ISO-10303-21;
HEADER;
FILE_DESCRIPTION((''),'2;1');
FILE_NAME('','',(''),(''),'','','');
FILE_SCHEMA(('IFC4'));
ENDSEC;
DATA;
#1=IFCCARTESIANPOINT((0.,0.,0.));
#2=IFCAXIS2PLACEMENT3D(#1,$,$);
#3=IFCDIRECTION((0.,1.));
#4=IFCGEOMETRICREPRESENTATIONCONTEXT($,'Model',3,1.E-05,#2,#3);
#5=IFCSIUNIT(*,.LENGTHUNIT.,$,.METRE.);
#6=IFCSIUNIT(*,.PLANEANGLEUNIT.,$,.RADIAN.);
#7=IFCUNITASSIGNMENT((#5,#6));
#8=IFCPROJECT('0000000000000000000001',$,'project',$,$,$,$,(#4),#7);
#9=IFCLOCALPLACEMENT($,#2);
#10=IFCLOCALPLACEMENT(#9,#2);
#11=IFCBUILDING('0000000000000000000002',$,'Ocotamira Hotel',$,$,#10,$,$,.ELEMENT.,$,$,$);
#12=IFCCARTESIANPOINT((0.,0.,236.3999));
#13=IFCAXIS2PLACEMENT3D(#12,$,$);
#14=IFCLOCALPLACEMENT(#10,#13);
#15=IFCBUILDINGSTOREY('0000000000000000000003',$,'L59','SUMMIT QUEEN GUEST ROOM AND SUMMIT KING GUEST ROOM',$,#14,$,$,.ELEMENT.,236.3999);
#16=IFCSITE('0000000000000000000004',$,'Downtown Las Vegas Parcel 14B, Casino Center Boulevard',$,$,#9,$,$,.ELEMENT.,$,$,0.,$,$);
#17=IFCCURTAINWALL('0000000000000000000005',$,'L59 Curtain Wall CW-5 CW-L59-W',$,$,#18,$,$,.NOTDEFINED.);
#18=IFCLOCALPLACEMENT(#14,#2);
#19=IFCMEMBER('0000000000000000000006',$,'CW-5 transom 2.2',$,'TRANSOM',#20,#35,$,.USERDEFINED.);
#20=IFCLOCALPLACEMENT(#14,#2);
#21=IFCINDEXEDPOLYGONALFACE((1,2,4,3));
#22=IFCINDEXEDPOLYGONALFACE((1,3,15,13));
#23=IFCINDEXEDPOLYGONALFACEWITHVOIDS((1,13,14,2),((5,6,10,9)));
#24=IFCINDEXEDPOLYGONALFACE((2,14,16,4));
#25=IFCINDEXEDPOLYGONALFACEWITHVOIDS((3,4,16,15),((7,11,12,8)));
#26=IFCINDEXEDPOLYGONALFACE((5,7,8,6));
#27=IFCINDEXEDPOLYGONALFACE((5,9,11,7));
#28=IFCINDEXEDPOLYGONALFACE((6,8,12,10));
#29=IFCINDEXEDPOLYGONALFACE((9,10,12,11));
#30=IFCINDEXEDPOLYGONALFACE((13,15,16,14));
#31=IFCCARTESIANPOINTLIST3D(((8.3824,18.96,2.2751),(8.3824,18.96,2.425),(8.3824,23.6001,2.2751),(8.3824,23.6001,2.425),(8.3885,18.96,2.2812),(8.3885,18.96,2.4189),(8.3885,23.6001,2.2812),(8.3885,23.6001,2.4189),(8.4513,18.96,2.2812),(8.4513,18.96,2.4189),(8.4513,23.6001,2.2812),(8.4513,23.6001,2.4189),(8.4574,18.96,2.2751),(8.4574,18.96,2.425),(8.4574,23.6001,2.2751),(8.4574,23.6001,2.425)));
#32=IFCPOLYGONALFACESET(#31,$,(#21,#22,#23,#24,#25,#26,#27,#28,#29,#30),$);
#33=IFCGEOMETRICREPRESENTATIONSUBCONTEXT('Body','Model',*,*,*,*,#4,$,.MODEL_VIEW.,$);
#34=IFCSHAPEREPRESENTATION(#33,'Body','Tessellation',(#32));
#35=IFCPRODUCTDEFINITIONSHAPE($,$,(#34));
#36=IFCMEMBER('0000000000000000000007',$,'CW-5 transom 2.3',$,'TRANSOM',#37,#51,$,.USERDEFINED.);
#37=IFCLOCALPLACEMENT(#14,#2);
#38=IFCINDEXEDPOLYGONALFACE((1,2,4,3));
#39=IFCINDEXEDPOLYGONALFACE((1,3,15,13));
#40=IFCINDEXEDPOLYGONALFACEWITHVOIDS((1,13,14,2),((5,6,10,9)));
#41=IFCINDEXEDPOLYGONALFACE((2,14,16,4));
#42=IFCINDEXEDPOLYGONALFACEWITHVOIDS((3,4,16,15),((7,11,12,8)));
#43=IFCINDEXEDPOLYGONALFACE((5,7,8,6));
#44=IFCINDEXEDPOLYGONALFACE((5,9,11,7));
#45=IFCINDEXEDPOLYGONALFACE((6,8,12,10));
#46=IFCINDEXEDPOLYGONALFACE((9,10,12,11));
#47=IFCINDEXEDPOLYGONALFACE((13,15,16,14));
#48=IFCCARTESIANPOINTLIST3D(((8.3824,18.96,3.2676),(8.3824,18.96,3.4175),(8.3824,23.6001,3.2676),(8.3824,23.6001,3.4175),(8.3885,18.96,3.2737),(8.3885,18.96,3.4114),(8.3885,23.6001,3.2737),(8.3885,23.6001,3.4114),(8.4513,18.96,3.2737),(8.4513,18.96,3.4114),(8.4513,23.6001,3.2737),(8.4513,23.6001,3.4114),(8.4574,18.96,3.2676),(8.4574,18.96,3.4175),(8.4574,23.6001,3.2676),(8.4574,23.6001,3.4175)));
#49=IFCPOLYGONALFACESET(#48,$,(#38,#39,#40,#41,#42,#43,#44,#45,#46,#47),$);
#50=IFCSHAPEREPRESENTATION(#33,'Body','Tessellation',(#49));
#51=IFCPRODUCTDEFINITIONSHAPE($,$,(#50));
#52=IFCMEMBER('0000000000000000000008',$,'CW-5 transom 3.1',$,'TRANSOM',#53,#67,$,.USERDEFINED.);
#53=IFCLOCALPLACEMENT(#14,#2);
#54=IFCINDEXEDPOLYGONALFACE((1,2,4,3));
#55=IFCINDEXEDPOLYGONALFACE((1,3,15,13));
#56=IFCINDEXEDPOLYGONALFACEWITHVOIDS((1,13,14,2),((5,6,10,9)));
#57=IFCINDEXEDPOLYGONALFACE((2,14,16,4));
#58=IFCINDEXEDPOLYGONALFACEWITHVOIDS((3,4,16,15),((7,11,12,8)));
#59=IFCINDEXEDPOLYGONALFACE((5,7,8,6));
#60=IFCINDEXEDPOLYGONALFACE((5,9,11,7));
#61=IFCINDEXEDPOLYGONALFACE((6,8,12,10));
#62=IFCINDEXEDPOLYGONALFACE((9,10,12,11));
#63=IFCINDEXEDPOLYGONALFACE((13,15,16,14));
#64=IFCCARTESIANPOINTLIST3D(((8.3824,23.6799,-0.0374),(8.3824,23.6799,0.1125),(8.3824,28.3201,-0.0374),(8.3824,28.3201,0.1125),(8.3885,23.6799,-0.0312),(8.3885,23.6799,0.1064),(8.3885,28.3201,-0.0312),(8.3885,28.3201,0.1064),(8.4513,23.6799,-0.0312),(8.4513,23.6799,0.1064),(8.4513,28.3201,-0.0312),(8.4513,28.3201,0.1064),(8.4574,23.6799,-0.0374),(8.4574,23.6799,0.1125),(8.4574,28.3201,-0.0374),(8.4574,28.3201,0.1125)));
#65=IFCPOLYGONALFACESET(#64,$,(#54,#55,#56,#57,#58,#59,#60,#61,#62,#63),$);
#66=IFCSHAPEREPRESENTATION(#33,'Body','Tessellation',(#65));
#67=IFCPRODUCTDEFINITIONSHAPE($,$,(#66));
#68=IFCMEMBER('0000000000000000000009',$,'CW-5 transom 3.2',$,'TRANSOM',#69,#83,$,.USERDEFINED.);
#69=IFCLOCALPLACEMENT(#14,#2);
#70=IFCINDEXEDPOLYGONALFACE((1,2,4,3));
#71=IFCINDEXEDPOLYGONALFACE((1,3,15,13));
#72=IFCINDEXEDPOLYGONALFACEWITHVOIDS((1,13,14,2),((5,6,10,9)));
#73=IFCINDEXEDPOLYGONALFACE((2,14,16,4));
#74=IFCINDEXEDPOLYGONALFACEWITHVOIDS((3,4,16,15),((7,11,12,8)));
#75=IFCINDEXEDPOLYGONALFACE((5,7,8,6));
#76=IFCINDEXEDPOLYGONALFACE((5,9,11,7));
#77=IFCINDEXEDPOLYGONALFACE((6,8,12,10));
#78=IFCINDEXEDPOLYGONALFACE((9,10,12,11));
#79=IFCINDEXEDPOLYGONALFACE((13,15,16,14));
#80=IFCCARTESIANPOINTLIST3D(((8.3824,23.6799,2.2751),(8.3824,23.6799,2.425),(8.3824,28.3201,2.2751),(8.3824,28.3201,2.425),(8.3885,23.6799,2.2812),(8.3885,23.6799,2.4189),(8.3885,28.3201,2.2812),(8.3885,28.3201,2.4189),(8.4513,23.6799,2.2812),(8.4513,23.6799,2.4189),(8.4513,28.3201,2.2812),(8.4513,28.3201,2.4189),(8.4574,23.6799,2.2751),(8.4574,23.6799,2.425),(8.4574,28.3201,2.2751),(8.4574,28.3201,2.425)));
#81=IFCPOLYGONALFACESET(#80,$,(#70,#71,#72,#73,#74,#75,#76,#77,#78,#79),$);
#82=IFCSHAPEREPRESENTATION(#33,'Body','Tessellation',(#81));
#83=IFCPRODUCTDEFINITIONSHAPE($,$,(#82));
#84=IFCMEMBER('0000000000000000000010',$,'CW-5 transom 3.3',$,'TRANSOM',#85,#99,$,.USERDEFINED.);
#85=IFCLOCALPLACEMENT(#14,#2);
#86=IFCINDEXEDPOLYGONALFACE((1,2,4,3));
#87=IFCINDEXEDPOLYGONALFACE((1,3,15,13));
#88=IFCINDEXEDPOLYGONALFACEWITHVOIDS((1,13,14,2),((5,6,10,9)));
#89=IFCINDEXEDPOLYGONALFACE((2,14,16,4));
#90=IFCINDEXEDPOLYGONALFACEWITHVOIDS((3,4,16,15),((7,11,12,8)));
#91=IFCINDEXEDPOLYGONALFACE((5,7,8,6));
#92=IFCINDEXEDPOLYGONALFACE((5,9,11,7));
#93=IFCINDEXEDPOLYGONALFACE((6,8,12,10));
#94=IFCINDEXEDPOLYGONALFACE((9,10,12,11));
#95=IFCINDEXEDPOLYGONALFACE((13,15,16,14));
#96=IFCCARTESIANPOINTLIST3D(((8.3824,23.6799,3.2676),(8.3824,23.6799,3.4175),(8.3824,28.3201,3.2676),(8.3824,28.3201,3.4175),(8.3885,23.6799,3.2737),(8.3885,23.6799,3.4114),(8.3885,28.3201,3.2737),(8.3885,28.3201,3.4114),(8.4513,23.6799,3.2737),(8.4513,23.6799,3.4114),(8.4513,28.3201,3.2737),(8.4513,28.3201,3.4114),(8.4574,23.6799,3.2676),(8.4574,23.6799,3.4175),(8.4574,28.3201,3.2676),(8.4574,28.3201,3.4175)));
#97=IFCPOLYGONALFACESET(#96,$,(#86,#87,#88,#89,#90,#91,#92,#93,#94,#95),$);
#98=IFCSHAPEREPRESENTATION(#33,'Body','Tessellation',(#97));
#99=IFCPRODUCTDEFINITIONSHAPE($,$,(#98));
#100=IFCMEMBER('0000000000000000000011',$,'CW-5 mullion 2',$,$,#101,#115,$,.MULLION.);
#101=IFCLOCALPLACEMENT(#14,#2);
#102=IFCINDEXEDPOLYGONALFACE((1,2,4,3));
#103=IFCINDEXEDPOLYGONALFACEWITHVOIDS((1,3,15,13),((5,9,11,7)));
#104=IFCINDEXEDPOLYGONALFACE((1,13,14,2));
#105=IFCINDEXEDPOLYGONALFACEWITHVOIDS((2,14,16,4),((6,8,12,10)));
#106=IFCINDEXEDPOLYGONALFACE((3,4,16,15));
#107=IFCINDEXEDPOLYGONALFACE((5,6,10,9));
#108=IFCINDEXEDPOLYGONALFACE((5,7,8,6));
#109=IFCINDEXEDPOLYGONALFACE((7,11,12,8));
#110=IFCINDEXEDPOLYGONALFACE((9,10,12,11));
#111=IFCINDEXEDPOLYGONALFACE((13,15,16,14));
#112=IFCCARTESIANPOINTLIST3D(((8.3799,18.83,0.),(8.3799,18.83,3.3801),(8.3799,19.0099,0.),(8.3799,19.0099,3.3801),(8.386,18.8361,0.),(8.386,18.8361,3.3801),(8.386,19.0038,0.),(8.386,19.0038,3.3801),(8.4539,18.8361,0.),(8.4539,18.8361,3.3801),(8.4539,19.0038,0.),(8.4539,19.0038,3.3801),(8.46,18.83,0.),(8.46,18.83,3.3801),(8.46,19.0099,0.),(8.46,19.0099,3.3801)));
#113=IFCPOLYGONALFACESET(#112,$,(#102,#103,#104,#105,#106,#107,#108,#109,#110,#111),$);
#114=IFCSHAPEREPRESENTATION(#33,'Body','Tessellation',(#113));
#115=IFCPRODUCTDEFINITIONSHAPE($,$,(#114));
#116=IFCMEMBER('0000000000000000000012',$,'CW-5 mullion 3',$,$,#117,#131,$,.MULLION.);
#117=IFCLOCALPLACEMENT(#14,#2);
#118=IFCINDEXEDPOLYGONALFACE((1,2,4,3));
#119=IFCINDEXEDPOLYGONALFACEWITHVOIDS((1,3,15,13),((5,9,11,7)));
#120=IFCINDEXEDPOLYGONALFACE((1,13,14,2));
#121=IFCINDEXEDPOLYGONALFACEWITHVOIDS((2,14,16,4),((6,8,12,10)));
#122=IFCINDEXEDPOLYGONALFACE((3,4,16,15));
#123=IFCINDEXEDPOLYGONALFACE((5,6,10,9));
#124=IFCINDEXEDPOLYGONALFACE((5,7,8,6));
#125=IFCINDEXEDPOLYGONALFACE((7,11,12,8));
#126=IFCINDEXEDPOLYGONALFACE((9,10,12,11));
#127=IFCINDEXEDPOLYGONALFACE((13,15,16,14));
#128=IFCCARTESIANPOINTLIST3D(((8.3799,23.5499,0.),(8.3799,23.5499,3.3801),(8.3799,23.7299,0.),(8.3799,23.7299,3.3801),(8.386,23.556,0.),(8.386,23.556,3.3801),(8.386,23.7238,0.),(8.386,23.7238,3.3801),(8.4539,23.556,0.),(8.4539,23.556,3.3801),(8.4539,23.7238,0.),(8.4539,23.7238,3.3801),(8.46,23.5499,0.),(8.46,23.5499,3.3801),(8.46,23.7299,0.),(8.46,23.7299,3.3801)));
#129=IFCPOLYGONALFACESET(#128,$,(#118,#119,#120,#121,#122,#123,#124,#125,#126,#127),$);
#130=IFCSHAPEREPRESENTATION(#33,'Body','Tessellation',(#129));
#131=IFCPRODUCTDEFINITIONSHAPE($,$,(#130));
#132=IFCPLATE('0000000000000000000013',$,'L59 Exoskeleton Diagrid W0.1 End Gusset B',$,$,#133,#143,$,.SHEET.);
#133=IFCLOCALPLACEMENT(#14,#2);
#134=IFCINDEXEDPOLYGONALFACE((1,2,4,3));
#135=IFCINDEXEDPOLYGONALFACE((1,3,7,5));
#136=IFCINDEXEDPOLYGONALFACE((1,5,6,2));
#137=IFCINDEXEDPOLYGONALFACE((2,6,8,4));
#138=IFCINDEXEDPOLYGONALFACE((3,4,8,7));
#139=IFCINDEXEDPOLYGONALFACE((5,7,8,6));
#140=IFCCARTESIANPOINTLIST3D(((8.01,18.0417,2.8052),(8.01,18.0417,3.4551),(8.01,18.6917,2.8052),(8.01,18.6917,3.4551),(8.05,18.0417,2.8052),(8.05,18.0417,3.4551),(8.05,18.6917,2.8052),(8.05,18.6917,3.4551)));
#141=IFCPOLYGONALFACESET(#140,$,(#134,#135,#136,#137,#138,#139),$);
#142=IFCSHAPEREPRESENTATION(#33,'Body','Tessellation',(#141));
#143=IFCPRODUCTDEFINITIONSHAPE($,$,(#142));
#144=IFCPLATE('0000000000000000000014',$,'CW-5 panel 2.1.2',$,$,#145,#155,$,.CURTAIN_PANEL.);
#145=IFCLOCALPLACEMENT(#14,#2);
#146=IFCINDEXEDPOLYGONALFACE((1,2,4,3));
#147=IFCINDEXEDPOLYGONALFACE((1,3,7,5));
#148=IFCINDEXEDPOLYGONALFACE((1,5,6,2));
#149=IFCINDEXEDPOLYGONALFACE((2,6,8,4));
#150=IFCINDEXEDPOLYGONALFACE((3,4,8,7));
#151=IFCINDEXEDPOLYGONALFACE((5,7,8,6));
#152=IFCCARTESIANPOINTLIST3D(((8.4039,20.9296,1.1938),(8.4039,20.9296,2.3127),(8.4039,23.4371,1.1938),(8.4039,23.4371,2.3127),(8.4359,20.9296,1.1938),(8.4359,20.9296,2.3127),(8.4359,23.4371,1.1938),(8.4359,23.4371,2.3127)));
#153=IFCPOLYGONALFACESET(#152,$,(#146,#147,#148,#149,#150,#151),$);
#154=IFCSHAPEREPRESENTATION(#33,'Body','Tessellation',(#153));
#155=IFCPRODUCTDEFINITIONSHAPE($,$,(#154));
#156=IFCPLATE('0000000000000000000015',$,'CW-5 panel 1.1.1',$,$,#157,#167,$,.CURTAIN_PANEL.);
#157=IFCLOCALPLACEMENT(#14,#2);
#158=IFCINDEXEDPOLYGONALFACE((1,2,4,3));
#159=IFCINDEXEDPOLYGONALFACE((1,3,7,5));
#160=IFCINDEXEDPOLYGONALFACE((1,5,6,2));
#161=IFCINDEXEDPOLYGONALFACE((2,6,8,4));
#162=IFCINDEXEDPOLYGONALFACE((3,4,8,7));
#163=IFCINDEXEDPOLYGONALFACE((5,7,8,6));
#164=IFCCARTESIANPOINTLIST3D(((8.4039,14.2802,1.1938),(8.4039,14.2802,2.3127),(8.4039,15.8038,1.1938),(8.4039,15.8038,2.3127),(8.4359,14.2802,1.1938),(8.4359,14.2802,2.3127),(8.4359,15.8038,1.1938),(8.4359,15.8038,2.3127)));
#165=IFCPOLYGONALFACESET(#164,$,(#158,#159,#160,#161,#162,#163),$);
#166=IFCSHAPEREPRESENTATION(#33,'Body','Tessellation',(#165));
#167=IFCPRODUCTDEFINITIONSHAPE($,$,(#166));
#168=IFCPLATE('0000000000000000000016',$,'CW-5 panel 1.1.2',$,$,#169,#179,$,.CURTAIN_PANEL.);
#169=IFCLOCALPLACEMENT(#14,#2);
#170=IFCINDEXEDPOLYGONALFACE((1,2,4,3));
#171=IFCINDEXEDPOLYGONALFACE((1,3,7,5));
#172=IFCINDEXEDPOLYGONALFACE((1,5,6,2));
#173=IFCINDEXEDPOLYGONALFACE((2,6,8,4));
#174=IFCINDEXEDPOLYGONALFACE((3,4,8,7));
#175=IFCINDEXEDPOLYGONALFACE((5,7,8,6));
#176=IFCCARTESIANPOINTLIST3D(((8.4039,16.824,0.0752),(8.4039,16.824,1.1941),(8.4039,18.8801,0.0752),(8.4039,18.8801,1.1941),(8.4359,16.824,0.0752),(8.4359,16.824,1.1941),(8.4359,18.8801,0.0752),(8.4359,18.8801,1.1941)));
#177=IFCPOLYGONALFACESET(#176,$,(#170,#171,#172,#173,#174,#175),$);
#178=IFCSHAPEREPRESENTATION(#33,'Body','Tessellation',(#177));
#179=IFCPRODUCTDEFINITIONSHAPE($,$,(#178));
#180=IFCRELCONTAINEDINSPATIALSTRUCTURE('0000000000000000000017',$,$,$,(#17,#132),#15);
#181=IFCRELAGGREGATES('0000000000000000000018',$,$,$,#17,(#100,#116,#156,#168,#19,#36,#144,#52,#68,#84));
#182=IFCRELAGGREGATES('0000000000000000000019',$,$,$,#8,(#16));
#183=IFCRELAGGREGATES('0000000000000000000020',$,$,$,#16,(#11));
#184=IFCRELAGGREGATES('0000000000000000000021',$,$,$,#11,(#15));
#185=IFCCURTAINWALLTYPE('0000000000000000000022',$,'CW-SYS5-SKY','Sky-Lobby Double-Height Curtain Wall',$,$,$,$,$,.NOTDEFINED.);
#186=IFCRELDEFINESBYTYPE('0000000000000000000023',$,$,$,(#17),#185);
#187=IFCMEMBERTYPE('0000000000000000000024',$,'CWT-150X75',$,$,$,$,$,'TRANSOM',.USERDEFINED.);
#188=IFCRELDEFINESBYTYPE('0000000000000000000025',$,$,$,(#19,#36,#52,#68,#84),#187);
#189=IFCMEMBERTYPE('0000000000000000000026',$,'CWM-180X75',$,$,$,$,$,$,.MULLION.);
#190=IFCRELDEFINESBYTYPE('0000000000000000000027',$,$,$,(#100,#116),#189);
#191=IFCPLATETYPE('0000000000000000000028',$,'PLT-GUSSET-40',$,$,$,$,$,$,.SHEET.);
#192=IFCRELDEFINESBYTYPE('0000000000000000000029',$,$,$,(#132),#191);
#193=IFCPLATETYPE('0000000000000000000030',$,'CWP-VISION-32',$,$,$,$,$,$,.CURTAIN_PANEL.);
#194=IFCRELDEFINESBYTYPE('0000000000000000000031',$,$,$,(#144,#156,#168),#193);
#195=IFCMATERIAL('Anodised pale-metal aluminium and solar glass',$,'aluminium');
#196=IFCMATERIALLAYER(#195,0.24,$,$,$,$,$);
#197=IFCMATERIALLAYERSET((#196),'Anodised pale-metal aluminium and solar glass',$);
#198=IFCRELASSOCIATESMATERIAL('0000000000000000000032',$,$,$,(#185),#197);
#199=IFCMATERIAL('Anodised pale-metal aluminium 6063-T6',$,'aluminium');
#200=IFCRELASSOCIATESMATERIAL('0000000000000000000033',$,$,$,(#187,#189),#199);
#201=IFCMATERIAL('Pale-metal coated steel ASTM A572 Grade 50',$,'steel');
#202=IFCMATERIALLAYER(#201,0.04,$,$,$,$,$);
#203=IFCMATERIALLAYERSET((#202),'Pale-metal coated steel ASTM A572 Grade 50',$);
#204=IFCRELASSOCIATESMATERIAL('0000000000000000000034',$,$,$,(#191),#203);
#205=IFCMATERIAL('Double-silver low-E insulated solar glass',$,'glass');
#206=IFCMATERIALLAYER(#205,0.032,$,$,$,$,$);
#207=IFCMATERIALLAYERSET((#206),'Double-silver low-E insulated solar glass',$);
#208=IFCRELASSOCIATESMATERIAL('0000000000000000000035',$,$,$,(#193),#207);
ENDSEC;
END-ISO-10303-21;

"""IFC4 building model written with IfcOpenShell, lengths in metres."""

from ifc_helpers import new_model, si_unit, direction, frame, origin, origin_2d, place, context, subcontext, project, spatial, rectangle, hollow_rectangle, extrude, source, transform, mapped, material, layer, layer_set, material_profile, profile_set, type_object, element, aggregate, save


model = new_model("IFC4")

# Units and contexts
model_context = context("Model", 3, precision=1e-05, world=origin(), true_north=direction((0.0, 1.0)))
body_context = subcontext(model_context, "Body", "Model", "MODEL_VIEW")
ifc_project = project(units=[si_unit("LENGTHUNIT", "METRE"), si_unit("PLANEANGLEUNIT", "RADIAN")], contexts=[model_context])

# Site, building, storey
site_placement = place(None, origin())
site = spatial("IfcSite", under=ifc_project, at=site_placement, Name="Downtown Las Vegas Parcel 14B, Casino Center Boulevard", CompositionType="ELEMENT", RefElevation=0.0)
building_placement = place(site_placement, origin())
building = spatial("IfcBuilding", under=site, at=building_placement, Name="Ocotamira Hotel", CompositionType="ELEMENT")
storey_placement = place(building_placement, frame((0.0, 0.0, 236.3999)))
storey = spatial("IfcBuildingStorey", under=building, at=storey_placement, Name="L59", Description="SUMMIT QUEEN GUEST ROOM AND SUMMIT KING GUEST ROOM", CompositionType="ELEMENT", Elevation=236.3999)

# Curtain wall, members
ifc_material_1 = material(Name="Anodised pale-metal aluminium and solar glass", Category="aluminium")
ifc_layer_1 = layer(ifc_material_1, 0.24)
ifc_layer_set_1 = layer_set([ifc_layer_1], Name="Anodised pale-metal aluminium and solar glass")
curtain_wall_type = type_object("IfcCurtainWallType", Name="CW-SYS5-SKY", Description="Sky-Lobby Double-Height Curtain Wall", PredefinedType="NOTDEFINED", material=ifc_layer_set_1)
curtain_wall_placement = place(storey_placement, origin())
curtain_wall = element("IfcCurtainWall", 1, at=curtain_wall_placement, inside=storey, type_object=curtain_wall_type, Name="L59 Curtain Wall CW-5 CW-L59-W", PredefinedType="NOTDEFINED")
ifc_material_2 = material(Name="Anodised pale-metal aluminium 6063-T6", Category="aluminium")
ifc_material_profile_1 = material_profile(ifc_material_2, hollow_rectangle(XDim=0.075, YDim=0.1499, WallThickness=0.0061, at=origin_2d()), Name="HSS150X75X6")
ifc_profile_set_1 = profile_set([ifc_material_profile_1], Name="Anodised pale-metal aluminium 6063-T6")
member_type_1 = type_object("IfcMemberType", Name="CWT-150X75", ElementType="TRANSOM", PredefinedType="USERDEFINED", material=ifc_profile_set_1)
shared_shape_1 = source(origin(), body_context, "Body", "SweptSolid", [
    extrude(hollow_rectangle(XDim=0.075, YDim=0.1499, WallThickness=0.0061, at=origin_2d()), origin(), (0.0, 0.0, 1.0), 4.6401),
])
member_1_placement = place(storey_placement, frame((8.4199, 18.96, 2.3501), z_axis=(0.0, 1.0, 0.0), x_axis=(-1.0, 0.0, 0.0)))
member_1 = element("IfcMember", 2, at=member_1_placement, type_object=member_type_1, Name="CW-5 transom 2.2", ObjectType="TRANSOM", PredefinedType="USERDEFINED", context=body_context, shape_type="MappedRepresentation", body=[
    mapped(shared_shape_1, transform((0.0, 0.0, 0.0), scale=1.0)),
])
member_2_placement = place(storey_placement, frame((8.4199, 18.96, 3.3425), z_axis=(0.0, 1.0, 0.0), x_axis=(-1.0, 0.0, 0.0)))
member_2 = element("IfcMember", 3, at=member_2_placement, type_object=member_type_1, Name="CW-5 transom 2.3", ObjectType="TRANSOM", PredefinedType="USERDEFINED", context=body_context, shape_type="MappedRepresentation", body=[
    mapped(shared_shape_1, transform((0.0, 0.0, 0.0), scale=1.0)),
])
member_3_placement = place(storey_placement, frame((8.4199, 23.6799, 0.0376), z_axis=(0.0, 1.0, 0.0), x_axis=(-1.0, 0.0, 0.0)))
member_3 = element("IfcMember", 4, at=member_3_placement, type_object=member_type_1, Name="CW-5 transom 3.1", ObjectType="TRANSOM", PredefinedType="USERDEFINED", context=body_context, shape_type="MappedRepresentation", body=[
    mapped(shared_shape_1, transform((0.0, 0.0, 0.0), scale=1.0)),
])
member_4_placement = place(storey_placement, frame((8.4199, 23.6799, 2.3501), z_axis=(0.0, 1.0, 0.0), x_axis=(-1.0, 0.0, 0.0)))
member_4 = element("IfcMember", 5, at=member_4_placement, type_object=member_type_1, Name="CW-5 transom 3.2", ObjectType="TRANSOM", PredefinedType="USERDEFINED", context=body_context, shape_type="MappedRepresentation", body=[
    mapped(shared_shape_1, transform((0.0, 0.0, 0.0), scale=1.0)),
])
member_5_placement = place(storey_placement, frame((8.4199, 23.6799, 3.3425), z_axis=(0.0, 1.0, 0.0), x_axis=(-1.0, 0.0, 0.0)))
member_5 = element("IfcMember", 6, at=member_5_placement, type_object=member_type_1, Name="CW-5 transom 3.3", ObjectType="TRANSOM", PredefinedType="USERDEFINED", context=body_context, shape_type="MappedRepresentation", body=[
    mapped(shared_shape_1, transform((0.0, 0.0, 0.0), scale=1.0)),
])
ifc_material_profile_2 = material_profile(ifc_material_2, hollow_rectangle(XDim=0.0801, YDim=0.1799, WallThickness=0.0061, at=origin_2d()), Name="HSS180X80X6")
ifc_profile_set_2 = profile_set([ifc_material_profile_2], Name="Anodised pale-metal aluminium 6063-T6")
member_type_2 = type_object("IfcMemberType", Name="CWM-180X75", PredefinedType="MULLION", material=ifc_profile_set_2)
shared_shape_2 = source(origin(), body_context, "Body", "SweptSolid", [
    extrude(hollow_rectangle(XDim=0.0801, YDim=0.1799, WallThickness=0.0061, at=origin_2d()), origin(), (0.0, 0.0, 1.0), 3.3801),
])
member_6_placement = place(storey_placement, frame((8.4199, 18.9199, 0.0), z_axis=(0.0, 0.0, 1.0), x_axis=(-1.0, 0.0, 0.0)))
member_6 = element("IfcMember", 7, at=member_6_placement, type_object=member_type_2, Name="CW-5 mullion 2", PredefinedType="MULLION", context=body_context, shape_type="MappedRepresentation", body=[
    mapped(shared_shape_2, transform((0.0, 0.0, 0.0), scale=1.0)),
])
member_7_placement = place(storey_placement, frame((8.4199, 23.6399, 0.0), z_axis=(0.0, 0.0, 1.0), x_axis=(-1.0, 0.0, 0.0)))
member_7 = element("IfcMember", 8, at=member_7_placement, type_object=member_type_2, Name="CW-5 mullion 3", PredefinedType="MULLION", context=body_context, shape_type="MappedRepresentation", body=[
    mapped(shared_shape_2, transform((0.0, 0.0, 0.0), scale=1.0)),
])

# Plates
ifc_material_3 = material(Name="Pale-metal coated steel ASTM A572 Grade 50", Category="steel")
ifc_layer_2 = layer(ifc_material_3, 0.04)
ifc_layer_set_2 = layer_set([ifc_layer_2], Name="Pale-metal coated steel ASTM A572 Grade 50")
plate_type_1 = type_object("IfcPlateType", Name="PLT-GUSSET-40", PredefinedType="SHEET", material=ifc_layer_set_2)
shared_shape_3 = source(origin(), body_context, "Body", "SweptSolid", [
    extrude(rectangle(XDim=0.04, YDim=0.6499, at=origin_2d()), origin(), (0.0, 0.0, 1.0), 0.6499),
])
plate_1_placement = place(storey_placement, frame((8.03, 18.3667, 2.8052), z_axis=(0.0, 0.0, 1.0), x_axis=(1.0, 0.0, 0.0)))
element("IfcPlate", 9, at=plate_1_placement, inside=storey, type_object=plate_type_1, Name="L59 Exoskeleton Diagrid W0.1 End Gusset B", PredefinedType="SHEET", context=body_context, shape_type="MappedRepresentation", body=[
    mapped(shared_shape_3, transform((0.0, 0.0, 0.0), scale=1.0)),
])
ifc_material_4 = material(Name="Double-silver low-E insulated solar glass", Category="glass")
ifc_layer_3 = layer(ifc_material_4, 0.032)
ifc_layer_set_3 = layer_set([ifc_layer_3], Name="Double-silver low-E insulated solar glass")
plate_type_2 = type_object("IfcPlateType", Name="CWP-VISION-32", PredefinedType="CURTAIN_PANEL", material=ifc_layer_set_3)
shared_shape_4 = source(origin(), body_context, "Body", "SweptSolid", [
    extrude(rectangle(XDim=2.5076, YDim=0.032, at=origin_2d()), origin(), (0.0, 0.0, 1.0), 1.1189),
])
plate_2_placement = place(storey_placement, frame((8.4199, 22.1833, 1.1938), z_axis=(0.0, 0.0, 1.0), x_axis=(0.0, 1.0, 0.0)))
plate_2 = element("IfcPlate", 10, at=plate_2_placement, type_object=plate_type_2, Name="CW-5 panel 2.1.2", PredefinedType="CURTAIN_PANEL", context=body_context, shape_type="MappedRepresentation", body=[
    mapped(shared_shape_4, transform((0.0, 0.0, 0.0), scale=1.0)),
])
shared_shape_5 = source(origin(), body_context, "Body", "SweptSolid", [
    extrude(rectangle(XDim=1.5237, YDim=0.032, at=origin_2d()), origin(), (0.0, 0.0, 1.0), 1.1189),
])
plate_3_placement = place(storey_placement, frame((8.4199, 15.042, 1.1938), z_axis=(0.0, 0.0, 1.0), x_axis=(0.0, 1.0, 0.0)))
plate_3 = element("IfcPlate", 11, at=plate_3_placement, type_object=plate_type_2, Name="CW-5 panel 1.1.1", PredefinedType="CURTAIN_PANEL", context=body_context, shape_type="MappedRepresentation", body=[
    mapped(shared_shape_5, transform((0.0, 0.0, 0.0), scale=1.0)),
])
shared_shape_6 = source(origin(), body_context, "Body", "SweptSolid", [
    extrude(rectangle(XDim=2.0562, YDim=0.032, at=origin_2d()), origin(), (0.0, 0.0, 1.0), 1.1189),
])
plate_4_placement = place(storey_placement, frame((8.4199, 17.8521, 0.0752), z_axis=(0.0, 0.0, 1.0), x_axis=(0.0, 1.0, 0.0)))
plate_4 = element("IfcPlate", 12, at=plate_4_placement, type_object=plate_type_2, Name="CW-5 panel 1.1.2", PredefinedType="CURTAIN_PANEL", context=body_context, shape_type="MappedRepresentation", body=[
    mapped(shared_shape_6, transform((0.0, 0.0, 0.0), scale=1.0)),
])
aggregate(curtain_wall, [member_6, member_7, plate_3, plate_4, member_1, member_2, plate_2, member_3, member_4, member_5])

save(model, "model.ifc")
